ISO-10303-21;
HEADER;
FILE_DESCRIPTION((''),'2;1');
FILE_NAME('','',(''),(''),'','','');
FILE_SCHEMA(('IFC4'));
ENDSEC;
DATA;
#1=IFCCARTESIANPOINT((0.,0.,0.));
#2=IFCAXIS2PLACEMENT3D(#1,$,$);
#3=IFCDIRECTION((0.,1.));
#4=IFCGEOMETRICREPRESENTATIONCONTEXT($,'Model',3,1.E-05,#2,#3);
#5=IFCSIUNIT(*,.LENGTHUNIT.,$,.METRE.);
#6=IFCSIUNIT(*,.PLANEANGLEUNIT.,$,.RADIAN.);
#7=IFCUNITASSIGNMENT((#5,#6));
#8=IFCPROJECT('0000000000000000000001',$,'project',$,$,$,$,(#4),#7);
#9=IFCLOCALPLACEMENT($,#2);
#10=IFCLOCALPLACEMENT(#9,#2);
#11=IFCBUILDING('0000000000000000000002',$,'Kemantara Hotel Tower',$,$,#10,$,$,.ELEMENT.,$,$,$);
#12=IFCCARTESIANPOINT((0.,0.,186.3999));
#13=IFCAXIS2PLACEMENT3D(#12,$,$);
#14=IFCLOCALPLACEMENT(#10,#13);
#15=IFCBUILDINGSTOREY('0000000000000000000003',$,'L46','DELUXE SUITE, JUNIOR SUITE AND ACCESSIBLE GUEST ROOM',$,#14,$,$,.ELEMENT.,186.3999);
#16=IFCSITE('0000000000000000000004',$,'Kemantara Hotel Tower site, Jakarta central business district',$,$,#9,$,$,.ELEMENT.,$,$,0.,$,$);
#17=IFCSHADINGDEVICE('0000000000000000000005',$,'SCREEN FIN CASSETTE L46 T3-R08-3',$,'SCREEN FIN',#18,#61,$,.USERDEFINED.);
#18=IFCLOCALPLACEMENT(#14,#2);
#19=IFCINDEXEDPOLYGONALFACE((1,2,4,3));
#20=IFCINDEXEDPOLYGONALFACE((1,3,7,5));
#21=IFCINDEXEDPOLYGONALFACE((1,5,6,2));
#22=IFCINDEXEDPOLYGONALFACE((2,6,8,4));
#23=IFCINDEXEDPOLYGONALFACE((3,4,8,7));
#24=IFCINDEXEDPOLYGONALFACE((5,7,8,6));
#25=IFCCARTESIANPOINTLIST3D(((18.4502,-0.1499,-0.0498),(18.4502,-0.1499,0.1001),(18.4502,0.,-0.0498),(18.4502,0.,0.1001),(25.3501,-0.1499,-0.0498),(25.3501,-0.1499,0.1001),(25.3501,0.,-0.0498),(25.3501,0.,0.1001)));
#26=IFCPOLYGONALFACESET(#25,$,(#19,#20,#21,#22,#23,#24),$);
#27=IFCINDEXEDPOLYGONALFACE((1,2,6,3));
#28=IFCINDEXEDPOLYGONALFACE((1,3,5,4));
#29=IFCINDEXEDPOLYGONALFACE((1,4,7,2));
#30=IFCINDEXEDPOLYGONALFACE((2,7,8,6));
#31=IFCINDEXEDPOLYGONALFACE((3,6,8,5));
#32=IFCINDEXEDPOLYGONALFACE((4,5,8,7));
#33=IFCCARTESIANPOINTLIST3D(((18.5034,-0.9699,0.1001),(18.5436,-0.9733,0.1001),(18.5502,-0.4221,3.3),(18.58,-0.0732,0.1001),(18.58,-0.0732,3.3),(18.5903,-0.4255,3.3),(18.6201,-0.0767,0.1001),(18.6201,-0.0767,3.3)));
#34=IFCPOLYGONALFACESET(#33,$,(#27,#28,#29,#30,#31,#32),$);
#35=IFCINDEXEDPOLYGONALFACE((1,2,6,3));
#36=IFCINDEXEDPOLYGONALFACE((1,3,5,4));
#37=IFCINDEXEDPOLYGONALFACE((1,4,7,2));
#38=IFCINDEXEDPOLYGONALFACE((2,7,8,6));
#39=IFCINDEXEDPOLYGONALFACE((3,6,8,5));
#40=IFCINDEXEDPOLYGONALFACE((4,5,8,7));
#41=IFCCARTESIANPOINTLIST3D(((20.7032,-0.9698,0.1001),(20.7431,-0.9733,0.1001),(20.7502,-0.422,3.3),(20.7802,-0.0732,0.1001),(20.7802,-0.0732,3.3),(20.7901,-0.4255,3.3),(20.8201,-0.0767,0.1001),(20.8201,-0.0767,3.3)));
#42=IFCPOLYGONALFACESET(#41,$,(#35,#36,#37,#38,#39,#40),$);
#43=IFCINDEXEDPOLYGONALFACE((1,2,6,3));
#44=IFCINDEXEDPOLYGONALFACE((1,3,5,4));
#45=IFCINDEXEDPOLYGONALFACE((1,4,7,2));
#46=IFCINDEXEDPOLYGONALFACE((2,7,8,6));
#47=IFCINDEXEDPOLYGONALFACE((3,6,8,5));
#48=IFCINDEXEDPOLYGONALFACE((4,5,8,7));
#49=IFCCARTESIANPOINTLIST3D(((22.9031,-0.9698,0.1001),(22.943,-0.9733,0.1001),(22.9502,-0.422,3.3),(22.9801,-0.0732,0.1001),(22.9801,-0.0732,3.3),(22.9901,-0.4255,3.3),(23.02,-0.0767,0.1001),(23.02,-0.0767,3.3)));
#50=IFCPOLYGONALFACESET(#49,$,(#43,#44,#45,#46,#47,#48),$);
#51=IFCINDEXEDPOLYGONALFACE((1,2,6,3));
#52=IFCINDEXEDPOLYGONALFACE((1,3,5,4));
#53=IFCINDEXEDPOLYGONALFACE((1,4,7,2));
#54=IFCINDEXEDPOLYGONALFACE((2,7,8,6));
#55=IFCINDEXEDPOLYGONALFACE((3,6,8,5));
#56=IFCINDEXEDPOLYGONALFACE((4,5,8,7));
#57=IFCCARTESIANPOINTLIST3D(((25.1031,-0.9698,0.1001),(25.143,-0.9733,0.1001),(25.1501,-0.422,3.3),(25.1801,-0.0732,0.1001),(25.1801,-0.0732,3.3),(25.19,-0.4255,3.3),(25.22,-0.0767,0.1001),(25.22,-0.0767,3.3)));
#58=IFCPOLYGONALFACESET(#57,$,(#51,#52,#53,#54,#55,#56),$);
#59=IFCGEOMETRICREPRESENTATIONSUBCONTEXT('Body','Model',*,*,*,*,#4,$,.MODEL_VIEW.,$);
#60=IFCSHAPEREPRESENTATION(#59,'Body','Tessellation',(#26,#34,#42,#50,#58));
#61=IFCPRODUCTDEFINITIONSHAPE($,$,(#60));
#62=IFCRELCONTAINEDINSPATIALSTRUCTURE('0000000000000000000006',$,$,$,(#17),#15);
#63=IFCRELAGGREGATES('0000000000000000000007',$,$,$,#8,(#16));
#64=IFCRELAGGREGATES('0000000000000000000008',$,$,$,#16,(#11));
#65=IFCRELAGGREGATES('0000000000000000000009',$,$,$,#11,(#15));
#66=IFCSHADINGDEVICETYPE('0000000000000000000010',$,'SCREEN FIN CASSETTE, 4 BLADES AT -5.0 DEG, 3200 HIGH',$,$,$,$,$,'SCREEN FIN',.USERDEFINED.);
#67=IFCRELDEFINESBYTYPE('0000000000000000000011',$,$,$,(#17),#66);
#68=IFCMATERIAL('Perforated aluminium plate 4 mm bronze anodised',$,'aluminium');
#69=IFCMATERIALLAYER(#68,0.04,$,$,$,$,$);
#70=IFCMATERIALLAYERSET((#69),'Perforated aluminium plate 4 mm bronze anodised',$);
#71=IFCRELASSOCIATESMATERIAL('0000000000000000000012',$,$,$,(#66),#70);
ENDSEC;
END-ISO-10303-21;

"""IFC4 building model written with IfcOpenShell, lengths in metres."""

from ifc_helpers import new_model, si_unit, direction, frame, origin, origin_2d, place, context, subcontext, project, spatial, polyline, rectangle, outline, extrude, source, transform, mapped, material, layer, layer_set, type_object, element, save


model = new_model("IFC4")

# Units and contexts
model_context = context("Model", 3, precision=1e-05, world=origin(), true_north=direction((0.0, 1.0)))
body_context = subcontext(model_context, "Body", "Model", "MODEL_VIEW")
ifc_project = project(units=[si_unit("LENGTHUNIT", "METRE"), si_unit("PLANEANGLEUNIT", "RADIAN")], contexts=[model_context])

# Site, building, storey
site_placement = place(None, origin())
site = spatial("IfcSite", under=ifc_project, at=site_placement, Name="Kemantara Hotel Tower site, Jakarta central business district", CompositionType="ELEMENT", RefElevation=0.0)
building_placement = place(site_placement, origin())
building = spatial("IfcBuilding", under=site, at=building_placement, Name="Kemantara Hotel Tower", CompositionType="ELEMENT")
storey_placement = place(building_placement, frame((0.0, 0.0, 186.3999)))
storey = spatial("IfcBuildingStorey", under=building, at=storey_placement, Name="L46", Description="DELUXE SUITE, JUNIOR SUITE AND ACCESSIBLE GUEST ROOM", CompositionType="ELEMENT", Elevation=186.3999)

# Shading device
ifc_material_1 = material(Name="Perforated aluminium plate 4 mm bronze anodised", Category="aluminium")
ifc_layer_1 = layer(ifc_material_1, 0.04)
ifc_layer_set_1 = layer_set([ifc_layer_1], Name="Perforated aluminium plate 4 mm bronze anodised")
shading_device_type = type_object("IfcShadingDeviceType", Name="SCREEN FIN CASSETTE, 4 BLADES AT -5.0 DEG, 3200 HIGH", ElementType="SCREEN FIN", PredefinedType="USERDEFINED", material=ifc_layer_set_1)
shared_shape = source(origin(), body_context, "Body", "SweptSolid", [
    extrude(rectangle(XDim=6.8999, YDim=0.1499, at=origin_2d()), frame((3.3, -0.075, -0.1499), z_axis=(0.0, 0.0, 1.0), x_axis=(1.0, 0.0, 0.0)), (0.0, 0.0, 1.0), 0.1499),
    extrude(outline(polyline([(0.0, 0.0), (0.8999, 0.0), (0.3501, 3.2), (0.0, 3.2), (0.0, 0.0)])), frame((0.02, -0.0767, 0.0), z_axis=(-0.996376, 0.085056, 0.0), x_axis=(-0.085056, -0.996376, 0.0)), (0.0, 0.0, 1.0), 0.0403),
    extrude(outline(polyline([(0.0, 0.0), (0.8999, 0.0), (0.3501, 3.2), (0.0, 3.2), (0.0, 0.0)])), frame((2.22, -0.0767, 0.0), z_axis=(-0.996332, 0.085575, 0.0), x_axis=(-0.085575, -0.996332, 0.0)), (0.0, 0.0, 1.0), 0.04),
    extrude(outline(polyline([(0.0, 0.0), (0.8999, 0.0), (0.3501, 3.2), (0.0, 3.2), (0.0, 0.0)])), frame((4.4199, -0.0767, 0.0), z_axis=(-0.996332, 0.085575, 0.0), x_axis=(-0.085575, -0.996332, 0.0)), (0.0, 0.0, 1.0), 0.04),
    extrude(outline(polyline([(0.0, 0.0), (0.8999, 0.0), (0.3501, 3.2), (0.0, 3.2), (0.0, 0.0)])), frame((6.6199, -0.0767, 0.0), z_axis=(-0.996332, 0.085575, 0.0), x_axis=(-0.085575, -0.996332, 0.0)), (0.0, 0.0, 1.0), 0.04),
])
shading_device_placement = place(storey_placement, frame((18.6001, 0.0, 0.1001), z_axis=(0.0, 0.0, 1.0), x_axis=(1.0, 0.0, 0.0)))
element("IfcShadingDevice", 1, at=shading_device_placement, inside=storey, type_object=shading_device_type, Name="SCREEN FIN CASSETTE L46 T3-R08-3", ObjectType="SCREEN FIN", PredefinedType="USERDEFINED", context=body_context, shape_type="MappedRepresentation", body=[
    mapped(shared_shape, transform((0.0, 0.0, 0.0))),
])

save(model, "model.ifc")
